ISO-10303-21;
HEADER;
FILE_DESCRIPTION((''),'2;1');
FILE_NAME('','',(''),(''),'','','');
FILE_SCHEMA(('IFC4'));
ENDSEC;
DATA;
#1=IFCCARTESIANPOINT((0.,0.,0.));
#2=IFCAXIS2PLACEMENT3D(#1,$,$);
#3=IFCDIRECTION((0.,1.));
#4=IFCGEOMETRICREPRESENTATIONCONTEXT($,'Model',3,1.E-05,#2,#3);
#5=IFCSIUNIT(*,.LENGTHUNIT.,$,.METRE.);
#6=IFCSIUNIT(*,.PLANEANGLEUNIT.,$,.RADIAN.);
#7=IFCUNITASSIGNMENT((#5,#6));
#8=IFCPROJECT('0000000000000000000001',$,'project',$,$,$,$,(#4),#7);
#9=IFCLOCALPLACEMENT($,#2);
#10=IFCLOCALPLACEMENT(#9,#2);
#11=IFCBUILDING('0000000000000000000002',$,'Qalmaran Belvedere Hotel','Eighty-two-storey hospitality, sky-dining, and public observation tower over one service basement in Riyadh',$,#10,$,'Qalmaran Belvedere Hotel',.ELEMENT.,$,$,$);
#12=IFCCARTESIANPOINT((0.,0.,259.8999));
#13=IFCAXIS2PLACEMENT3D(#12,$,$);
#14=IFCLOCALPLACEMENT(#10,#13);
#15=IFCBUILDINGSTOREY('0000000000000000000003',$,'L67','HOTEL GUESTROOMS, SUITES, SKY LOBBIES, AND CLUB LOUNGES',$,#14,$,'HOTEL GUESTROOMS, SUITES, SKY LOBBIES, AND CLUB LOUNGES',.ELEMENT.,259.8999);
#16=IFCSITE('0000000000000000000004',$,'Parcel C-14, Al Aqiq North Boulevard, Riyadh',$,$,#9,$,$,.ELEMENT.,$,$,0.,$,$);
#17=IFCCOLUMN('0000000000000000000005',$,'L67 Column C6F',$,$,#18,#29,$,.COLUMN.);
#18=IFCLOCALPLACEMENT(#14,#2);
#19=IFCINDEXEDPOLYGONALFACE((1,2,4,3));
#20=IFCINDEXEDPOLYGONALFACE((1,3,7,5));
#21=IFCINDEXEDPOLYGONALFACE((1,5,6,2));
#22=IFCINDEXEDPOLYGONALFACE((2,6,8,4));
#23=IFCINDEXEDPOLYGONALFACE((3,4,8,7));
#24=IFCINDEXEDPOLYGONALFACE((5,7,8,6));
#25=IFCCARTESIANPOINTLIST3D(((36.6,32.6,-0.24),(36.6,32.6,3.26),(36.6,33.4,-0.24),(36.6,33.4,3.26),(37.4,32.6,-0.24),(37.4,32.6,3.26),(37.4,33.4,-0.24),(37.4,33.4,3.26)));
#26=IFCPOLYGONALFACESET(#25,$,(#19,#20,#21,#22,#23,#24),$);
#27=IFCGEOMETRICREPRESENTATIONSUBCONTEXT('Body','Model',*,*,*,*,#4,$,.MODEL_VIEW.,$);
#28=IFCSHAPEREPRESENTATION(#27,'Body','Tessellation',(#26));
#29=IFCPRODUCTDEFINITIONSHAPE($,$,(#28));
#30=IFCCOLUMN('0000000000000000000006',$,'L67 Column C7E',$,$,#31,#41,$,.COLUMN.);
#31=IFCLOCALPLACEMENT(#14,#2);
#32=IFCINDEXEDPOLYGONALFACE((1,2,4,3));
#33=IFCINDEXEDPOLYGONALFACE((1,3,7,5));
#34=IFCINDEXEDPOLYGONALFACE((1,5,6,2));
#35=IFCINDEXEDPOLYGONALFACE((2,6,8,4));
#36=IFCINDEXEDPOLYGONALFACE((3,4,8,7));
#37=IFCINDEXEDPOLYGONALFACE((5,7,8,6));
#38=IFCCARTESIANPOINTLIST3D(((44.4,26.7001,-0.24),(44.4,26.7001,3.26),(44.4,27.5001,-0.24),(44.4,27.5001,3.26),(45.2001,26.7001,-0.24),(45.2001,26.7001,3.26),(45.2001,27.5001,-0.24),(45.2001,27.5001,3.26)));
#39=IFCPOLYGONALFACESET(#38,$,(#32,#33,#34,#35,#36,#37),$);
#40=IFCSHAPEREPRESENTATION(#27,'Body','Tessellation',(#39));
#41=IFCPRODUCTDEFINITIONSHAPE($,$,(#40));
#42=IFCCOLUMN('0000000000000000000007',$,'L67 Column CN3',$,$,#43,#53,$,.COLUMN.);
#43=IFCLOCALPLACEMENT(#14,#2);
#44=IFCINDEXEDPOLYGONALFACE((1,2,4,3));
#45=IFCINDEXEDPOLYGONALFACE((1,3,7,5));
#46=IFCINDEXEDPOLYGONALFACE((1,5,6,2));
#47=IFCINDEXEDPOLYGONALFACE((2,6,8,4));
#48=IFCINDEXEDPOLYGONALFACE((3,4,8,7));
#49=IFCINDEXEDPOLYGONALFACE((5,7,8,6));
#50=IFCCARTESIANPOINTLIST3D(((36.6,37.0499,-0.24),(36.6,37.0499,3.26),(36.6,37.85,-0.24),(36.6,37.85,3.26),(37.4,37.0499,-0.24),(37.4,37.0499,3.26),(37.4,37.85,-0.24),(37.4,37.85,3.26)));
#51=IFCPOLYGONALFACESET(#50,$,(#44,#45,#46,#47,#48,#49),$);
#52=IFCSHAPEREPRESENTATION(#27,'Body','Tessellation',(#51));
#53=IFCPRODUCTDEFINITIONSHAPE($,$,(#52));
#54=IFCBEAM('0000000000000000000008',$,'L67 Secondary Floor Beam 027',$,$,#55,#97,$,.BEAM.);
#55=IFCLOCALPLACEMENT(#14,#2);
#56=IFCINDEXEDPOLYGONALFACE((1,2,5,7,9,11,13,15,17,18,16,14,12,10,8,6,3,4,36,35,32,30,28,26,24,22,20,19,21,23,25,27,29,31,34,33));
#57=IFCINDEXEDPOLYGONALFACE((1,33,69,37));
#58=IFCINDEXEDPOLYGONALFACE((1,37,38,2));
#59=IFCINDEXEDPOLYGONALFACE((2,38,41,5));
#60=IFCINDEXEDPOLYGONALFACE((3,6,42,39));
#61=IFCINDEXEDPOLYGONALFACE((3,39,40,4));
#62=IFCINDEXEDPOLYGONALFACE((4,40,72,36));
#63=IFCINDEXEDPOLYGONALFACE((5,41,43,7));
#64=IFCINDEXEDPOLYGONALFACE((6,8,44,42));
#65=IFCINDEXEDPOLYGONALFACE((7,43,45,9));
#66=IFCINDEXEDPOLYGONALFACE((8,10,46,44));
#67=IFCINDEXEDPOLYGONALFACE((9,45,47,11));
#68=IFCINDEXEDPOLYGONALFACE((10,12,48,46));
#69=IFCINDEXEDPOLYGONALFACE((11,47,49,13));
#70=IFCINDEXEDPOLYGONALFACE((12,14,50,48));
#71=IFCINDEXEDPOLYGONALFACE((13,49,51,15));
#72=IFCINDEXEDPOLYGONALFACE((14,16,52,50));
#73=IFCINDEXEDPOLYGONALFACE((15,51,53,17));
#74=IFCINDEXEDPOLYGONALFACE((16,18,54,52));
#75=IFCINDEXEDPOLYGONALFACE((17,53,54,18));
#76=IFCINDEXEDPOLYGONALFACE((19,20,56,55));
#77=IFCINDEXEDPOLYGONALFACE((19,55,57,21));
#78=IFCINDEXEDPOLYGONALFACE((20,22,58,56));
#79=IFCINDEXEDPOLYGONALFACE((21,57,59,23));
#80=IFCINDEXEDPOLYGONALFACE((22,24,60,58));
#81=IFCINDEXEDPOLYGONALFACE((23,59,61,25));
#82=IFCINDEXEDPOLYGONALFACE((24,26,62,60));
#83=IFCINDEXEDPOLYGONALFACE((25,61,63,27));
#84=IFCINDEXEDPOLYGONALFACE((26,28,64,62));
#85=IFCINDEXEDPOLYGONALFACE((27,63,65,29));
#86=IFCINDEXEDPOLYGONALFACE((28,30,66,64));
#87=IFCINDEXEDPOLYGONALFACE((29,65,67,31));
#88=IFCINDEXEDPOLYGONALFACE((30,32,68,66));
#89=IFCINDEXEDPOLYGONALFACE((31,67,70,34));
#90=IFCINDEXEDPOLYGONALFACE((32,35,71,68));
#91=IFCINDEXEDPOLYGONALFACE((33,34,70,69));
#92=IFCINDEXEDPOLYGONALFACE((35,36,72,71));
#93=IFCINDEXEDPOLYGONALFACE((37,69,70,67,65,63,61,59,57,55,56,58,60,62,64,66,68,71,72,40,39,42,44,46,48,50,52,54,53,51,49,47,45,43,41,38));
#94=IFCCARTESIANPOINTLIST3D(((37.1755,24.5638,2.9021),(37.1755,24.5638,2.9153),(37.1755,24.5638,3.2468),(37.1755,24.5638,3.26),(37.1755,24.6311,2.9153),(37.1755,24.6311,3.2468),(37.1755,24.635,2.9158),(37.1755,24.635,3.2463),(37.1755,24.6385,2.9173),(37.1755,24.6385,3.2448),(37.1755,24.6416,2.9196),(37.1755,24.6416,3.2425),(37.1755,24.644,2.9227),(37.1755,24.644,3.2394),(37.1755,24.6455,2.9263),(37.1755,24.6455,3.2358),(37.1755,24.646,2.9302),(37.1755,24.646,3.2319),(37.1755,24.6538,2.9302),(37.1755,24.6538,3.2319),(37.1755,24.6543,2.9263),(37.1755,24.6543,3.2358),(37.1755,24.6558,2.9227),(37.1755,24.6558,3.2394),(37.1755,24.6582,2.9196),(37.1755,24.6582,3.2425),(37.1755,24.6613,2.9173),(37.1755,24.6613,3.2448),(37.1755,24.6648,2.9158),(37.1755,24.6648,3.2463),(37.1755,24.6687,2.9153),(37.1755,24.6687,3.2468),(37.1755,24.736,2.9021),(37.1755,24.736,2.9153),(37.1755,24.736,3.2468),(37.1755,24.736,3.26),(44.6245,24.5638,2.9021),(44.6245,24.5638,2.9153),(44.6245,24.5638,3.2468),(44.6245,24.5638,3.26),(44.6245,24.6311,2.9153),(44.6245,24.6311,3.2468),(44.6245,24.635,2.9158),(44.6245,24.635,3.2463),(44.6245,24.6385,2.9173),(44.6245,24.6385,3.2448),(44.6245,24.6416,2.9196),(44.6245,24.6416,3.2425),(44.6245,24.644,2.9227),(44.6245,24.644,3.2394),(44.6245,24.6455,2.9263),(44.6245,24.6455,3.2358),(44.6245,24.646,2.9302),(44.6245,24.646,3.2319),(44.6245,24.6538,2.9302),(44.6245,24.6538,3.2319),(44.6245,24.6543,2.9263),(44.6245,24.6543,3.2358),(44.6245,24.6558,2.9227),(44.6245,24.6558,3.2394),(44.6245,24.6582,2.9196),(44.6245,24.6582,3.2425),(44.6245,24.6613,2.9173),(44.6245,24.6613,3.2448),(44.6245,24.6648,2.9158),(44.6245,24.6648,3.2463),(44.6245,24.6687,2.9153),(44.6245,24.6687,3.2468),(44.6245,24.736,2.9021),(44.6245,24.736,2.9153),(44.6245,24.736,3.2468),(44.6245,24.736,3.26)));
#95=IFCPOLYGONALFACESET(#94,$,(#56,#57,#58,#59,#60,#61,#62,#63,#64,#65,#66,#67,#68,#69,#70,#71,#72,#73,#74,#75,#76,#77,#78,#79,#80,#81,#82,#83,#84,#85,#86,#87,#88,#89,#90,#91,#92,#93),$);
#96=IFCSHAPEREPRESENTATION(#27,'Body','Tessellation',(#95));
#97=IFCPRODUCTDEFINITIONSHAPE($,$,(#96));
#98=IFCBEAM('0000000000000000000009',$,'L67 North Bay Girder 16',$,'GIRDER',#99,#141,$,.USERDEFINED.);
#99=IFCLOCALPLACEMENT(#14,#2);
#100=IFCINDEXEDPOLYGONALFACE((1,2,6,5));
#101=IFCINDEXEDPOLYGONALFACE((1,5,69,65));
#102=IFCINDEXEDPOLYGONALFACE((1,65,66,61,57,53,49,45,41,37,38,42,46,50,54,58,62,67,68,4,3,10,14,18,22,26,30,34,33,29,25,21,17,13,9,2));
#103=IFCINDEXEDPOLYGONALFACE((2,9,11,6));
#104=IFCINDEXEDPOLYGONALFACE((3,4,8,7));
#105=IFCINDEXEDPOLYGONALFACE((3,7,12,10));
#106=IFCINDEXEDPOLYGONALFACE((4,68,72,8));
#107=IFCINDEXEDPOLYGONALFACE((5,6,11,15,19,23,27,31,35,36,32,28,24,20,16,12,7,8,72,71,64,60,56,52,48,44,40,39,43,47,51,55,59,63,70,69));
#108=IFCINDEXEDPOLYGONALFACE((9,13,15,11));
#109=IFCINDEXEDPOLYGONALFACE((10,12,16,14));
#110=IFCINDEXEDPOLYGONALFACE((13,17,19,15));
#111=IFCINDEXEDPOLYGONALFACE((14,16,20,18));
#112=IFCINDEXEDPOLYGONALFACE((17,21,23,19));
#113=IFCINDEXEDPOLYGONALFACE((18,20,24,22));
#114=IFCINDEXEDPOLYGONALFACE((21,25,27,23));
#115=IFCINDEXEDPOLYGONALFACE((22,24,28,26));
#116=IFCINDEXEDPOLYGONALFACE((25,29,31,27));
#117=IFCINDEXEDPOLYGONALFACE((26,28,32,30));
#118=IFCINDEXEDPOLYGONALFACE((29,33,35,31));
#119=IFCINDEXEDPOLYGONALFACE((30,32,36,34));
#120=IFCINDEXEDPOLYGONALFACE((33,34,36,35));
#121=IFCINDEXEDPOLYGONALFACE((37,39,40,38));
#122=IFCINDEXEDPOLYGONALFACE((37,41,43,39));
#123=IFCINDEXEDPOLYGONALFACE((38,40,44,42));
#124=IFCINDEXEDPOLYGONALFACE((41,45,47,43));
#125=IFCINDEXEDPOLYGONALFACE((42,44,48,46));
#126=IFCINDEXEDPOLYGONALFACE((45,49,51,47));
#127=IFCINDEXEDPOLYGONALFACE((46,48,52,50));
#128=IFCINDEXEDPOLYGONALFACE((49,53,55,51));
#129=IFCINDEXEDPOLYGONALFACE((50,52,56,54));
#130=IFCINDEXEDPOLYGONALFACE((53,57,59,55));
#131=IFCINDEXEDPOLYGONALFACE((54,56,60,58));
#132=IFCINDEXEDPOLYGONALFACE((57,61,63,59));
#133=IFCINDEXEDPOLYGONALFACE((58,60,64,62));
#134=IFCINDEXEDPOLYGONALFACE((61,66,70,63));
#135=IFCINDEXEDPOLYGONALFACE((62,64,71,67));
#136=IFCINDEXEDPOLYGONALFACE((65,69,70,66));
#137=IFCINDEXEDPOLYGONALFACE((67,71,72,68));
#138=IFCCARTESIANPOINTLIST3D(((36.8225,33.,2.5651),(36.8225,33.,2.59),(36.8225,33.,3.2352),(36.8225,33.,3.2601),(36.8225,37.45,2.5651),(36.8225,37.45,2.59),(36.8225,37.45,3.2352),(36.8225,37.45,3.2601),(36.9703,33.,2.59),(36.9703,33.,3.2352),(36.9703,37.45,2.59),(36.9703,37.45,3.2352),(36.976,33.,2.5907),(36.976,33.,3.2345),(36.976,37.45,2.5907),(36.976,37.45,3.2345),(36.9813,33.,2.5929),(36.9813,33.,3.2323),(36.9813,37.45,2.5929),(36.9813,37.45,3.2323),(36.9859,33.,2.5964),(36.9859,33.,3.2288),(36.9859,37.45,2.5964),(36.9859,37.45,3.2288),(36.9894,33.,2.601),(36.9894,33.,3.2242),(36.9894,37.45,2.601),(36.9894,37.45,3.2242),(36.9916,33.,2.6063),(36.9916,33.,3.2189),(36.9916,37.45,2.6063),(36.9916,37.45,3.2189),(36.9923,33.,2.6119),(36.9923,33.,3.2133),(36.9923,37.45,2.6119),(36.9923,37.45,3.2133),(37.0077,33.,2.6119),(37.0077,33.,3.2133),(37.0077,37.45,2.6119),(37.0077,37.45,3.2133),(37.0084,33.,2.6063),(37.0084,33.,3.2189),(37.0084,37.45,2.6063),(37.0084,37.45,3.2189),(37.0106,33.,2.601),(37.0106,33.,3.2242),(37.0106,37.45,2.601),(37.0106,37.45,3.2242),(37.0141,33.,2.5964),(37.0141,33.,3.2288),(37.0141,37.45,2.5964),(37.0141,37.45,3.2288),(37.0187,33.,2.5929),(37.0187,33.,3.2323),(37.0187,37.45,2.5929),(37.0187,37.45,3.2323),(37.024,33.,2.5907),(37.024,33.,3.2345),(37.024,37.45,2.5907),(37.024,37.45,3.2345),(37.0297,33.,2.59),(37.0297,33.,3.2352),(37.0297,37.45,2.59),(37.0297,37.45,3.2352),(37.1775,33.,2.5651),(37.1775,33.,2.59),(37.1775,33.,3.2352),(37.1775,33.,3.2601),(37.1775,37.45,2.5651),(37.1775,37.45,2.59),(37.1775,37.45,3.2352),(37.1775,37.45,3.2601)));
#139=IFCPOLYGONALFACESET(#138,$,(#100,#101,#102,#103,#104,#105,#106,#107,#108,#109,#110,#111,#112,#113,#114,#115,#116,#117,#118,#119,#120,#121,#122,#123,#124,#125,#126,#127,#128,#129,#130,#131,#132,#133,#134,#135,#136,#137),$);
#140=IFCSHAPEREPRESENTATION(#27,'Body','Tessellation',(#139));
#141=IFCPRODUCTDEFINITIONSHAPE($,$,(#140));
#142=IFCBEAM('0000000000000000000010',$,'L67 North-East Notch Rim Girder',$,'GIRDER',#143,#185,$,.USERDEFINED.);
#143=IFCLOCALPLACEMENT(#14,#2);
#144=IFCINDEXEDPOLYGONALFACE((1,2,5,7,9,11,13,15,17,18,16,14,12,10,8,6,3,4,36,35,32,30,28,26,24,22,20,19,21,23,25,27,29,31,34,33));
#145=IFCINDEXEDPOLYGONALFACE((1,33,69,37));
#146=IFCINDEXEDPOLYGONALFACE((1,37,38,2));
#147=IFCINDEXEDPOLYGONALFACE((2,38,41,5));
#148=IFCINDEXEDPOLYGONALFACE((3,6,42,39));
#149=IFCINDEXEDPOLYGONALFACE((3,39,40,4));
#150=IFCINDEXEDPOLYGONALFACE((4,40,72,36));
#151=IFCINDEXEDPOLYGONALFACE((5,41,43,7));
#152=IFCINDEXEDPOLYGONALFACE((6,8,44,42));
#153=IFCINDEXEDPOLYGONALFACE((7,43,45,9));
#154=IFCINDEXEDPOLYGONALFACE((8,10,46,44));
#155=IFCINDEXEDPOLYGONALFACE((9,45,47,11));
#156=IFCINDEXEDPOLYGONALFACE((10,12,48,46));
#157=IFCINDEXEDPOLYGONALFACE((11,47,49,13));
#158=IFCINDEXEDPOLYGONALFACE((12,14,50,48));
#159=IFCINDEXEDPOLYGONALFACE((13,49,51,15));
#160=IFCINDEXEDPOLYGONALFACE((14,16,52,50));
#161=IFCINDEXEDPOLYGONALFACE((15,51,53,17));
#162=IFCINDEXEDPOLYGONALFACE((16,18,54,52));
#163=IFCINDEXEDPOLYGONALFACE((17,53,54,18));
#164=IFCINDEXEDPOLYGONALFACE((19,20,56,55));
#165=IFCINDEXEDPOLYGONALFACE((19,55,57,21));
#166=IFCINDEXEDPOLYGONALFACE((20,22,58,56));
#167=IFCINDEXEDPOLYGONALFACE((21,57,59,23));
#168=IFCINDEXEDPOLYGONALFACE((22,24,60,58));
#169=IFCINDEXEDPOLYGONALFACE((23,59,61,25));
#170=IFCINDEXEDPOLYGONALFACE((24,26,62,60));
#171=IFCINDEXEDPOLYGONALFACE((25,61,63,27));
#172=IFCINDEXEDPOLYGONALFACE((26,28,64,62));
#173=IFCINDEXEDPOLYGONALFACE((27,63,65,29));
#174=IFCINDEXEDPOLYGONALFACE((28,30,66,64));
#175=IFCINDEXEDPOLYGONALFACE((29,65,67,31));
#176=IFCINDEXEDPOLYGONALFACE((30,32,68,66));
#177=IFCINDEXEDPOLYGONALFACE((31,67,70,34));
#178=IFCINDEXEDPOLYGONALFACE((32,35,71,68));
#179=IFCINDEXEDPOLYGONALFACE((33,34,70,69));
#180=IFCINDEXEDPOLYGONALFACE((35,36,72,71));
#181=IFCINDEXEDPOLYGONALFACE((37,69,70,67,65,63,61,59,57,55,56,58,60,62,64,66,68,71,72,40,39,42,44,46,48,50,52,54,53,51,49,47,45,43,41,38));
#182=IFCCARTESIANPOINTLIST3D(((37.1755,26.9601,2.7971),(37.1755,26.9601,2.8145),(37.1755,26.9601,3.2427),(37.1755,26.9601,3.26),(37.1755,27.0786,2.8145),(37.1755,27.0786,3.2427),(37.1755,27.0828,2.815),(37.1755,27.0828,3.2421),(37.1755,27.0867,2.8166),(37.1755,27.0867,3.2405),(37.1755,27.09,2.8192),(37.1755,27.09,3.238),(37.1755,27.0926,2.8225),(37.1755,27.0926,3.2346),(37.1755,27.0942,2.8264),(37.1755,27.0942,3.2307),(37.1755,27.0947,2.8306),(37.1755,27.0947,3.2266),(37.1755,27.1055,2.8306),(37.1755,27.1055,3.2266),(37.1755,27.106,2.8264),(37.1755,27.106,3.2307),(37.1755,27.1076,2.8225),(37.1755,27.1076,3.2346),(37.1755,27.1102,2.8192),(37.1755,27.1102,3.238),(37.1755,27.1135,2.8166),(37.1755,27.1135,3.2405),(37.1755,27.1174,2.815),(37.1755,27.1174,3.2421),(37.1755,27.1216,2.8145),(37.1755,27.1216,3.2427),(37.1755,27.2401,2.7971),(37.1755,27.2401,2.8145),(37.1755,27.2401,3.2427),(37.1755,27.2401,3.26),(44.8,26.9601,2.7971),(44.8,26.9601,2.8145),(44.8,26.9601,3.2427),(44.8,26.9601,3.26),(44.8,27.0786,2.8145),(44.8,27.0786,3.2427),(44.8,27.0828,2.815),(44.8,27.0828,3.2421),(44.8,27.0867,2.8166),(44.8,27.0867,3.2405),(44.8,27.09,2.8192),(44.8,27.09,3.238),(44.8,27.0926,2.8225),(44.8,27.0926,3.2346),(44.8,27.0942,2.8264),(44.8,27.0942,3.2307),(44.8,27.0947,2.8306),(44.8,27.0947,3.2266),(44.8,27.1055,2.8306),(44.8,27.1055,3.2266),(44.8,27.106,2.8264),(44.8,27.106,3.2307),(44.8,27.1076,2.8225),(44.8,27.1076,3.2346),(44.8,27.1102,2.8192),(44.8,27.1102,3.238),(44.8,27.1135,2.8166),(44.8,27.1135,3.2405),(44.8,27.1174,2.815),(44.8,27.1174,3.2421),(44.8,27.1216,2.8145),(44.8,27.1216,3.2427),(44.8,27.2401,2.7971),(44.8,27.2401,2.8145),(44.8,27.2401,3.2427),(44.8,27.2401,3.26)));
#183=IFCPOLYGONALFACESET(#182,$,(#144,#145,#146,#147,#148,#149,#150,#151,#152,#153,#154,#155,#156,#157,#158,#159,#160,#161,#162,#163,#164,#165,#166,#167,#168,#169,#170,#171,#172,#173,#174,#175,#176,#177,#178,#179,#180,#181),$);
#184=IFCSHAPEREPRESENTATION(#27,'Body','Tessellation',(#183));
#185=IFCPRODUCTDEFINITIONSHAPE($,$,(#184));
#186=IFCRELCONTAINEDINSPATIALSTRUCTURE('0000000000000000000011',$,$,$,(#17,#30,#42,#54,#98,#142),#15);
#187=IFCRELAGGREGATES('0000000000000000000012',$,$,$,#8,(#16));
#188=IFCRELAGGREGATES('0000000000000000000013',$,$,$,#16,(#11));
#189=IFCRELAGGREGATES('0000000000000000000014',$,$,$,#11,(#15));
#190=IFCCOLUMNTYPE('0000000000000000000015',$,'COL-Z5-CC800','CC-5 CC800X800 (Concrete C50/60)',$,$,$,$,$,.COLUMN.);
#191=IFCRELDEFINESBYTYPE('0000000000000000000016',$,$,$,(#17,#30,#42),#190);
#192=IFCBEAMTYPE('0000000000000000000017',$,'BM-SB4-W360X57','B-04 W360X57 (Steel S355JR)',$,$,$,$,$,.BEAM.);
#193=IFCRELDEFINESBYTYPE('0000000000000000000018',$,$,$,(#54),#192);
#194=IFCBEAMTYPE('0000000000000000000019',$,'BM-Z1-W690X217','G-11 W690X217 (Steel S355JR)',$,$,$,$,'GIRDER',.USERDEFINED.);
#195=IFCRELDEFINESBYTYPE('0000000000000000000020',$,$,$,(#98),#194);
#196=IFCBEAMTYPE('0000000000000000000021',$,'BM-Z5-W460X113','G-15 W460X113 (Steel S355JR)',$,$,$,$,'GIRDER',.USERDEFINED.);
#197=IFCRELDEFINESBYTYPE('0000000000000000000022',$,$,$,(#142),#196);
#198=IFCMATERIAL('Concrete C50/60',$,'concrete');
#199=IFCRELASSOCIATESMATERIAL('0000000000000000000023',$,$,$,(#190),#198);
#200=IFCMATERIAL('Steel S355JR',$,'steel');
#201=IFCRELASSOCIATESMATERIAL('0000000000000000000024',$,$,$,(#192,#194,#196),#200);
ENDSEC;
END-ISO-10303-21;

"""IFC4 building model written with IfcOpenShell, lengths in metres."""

from ifc_helpers import new_model, si_unit, direction, frame, origin, origin_2d, place, context, subcontext, project, spatial, rectangle, i_section, extrude, material, material_profile, profile_set, type_object, element, save


model = new_model("IFC4")

# Units and contexts
model_context = context("Model", 3, precision=1e-05, world=origin(), true_north=direction((0.0, 1.0)))
body_context = subcontext(model_context, "Body", "Model", "MODEL_VIEW")
ifc_project = project(units=[si_unit("LENGTHUNIT", "METRE"), si_unit("PLANEANGLEUNIT", "RADIAN")], contexts=[model_context])

# Site, building, storey
site_placement = place(None, origin())
site = spatial("IfcSite", under=ifc_project, at=site_placement, Name="Parcel C-14, Al Aqiq North Boulevard, Riyadh", CompositionType="ELEMENT", RefElevation=0.0)
building_placement = place(site_placement, origin())
building = spatial("IfcBuilding", under=site, at=building_placement, Name="Qalmaran Belvedere Hotel", Description="Eighty-two-storey hospitality, sky-dining, and public observation tower over one service basement in Riyadh", LongName="Qalmaran Belvedere Hotel", CompositionType="ELEMENT")
storey_placement = place(building_placement, frame((0.0, 0.0, 259.8999)))
storey = spatial("IfcBuildingStorey", under=building, at=storey_placement, Name="L67", Description="HOTEL GUESTROOMS, SUITES, SKY LOBBIES, AND CLUB LOUNGES", LongName="HOTEL GUESTROOMS, SUITES, SKY LOBBIES, AND CLUB LOUNGES", CompositionType="ELEMENT", Elevation=259.8999)

# Columns
ifc_material_1 = material(Name="Concrete C50/60", Category="concrete")
ifc_material_profile_1 = material_profile(ifc_material_1, rectangle(XDim=0.8, YDim=0.8, at=origin_2d()), Name="CC800X800")
ifc_profile_set_1 = profile_set([ifc_material_profile_1], Name="Concrete C50/60")
column_type = type_object("IfcColumnType", Name="COL-Z5-CC800", Description="CC-5 CC800X800 (Concrete C50/60)", PredefinedType="COLUMN", material=ifc_profile_set_1)
for number, where, z_axis, x_axis, name in (
    (1, (37.0, 33.0, -0.24), (0.0, 0.0, 1.0), (1.0, 0.0, 0.0), "L67 Column C6F"),
    (2, (44.8, 27.1001, -0.24), (0.0, 0.0, 1.0), (1.0, 0.0, 0.0), "L67 Column C7E"),
    (3, (37.0, 37.45, -0.24), (0.0, 0.0, 1.0), (1.0, 0.0, 0.0), "L67 Column CN3"),
):
    element("IfcColumn", number, at=place(storey_placement, frame(where, z_axis=z_axis, x_axis=x_axis)), inside=storey, type_object=column_type, Name=name, PredefinedType="COLUMN", context=body_context, shape_type="SweptSolid", body=[
        extrude(rectangle(XDim=0.8, YDim=0.8, at=origin_2d()), origin(), (0.0, 0.0, 1.0), 3.5),
    ])

# Beams
ifc_material_2 = material(Name="Steel S355JR", Category="steel")
ifc_material_profile_2 = material_profile(ifc_material_2, i_section(OverallWidth=0.1721, OverallDepth=0.3579, WebThickness=0.0078, FlangeThickness=0.0132, FilletRadius=0.0149, at=origin_2d()), Name="W360X57")
ifc_profile_set_2 = profile_set([ifc_material_profile_2], Name="Steel S355JR")
beam_type_1 = type_object("IfcBeamType", Name="BM-SB4-W360X57", Description="B-04 W360X57 (Steel S355JR)", PredefinedType="BEAM", material=ifc_profile_set_2)
beam_1_placement = place(storey_placement, frame((37.1755, 24.6499, 3.0811), z_axis=(1.0, 0.0, 0.0), x_axis=(0.0, 1.0, 0.0)))
element("IfcBeam", 4, at=beam_1_placement, inside=storey, type_object=beam_type_1, Name="L67 Secondary Floor Beam 027", PredefinedType="BEAM", context=body_context, shape_type="SweptSolid", body=[
    extrude(i_section(OverallWidth=0.1721, OverallDepth=0.3579, WebThickness=0.0078, FlangeThickness=0.0132, FilletRadius=0.0149, at=origin_2d()), origin(), (0.0, 0.0, 1.0), 7.449),
])
ifc_material_profile_3 = material_profile(ifc_material_2, i_section(OverallWidth=0.355, OverallDepth=0.6951, WebThickness=0.0154, FlangeThickness=0.0249, FilletRadius=0.022, at=origin_2d()), Name="W690X217")
ifc_profile_set_3 = profile_set([ifc_material_profile_3], Name="Steel S355JR")
beam_type_2 = type_object("IfcBeamType", Name="BM-Z1-W690X217", Description="G-11 W690X217 (Steel S355JR)", ElementType="GIRDER", PredefinedType="USERDEFINED", material=ifc_profile_set_3)
beam_2_placement = place(storey_placement, frame((37.0, 33.0, 2.9126), z_axis=(0.0, 1.0, 0.0), x_axis=(-1.0, 0.0, 0.0)))
element("IfcBeam", 5, at=beam_2_placement, inside=storey, type_object=beam_type_2, Name="L67 North Bay Girder 16", ObjectType="GIRDER", PredefinedType="USERDEFINED", context=body_context, shape_type="SweptSolid", body=[
    extrude(i_section(OverallWidth=0.355, OverallDepth=0.6951, WebThickness=0.0154, FlangeThickness=0.0249, FilletRadius=0.022, at=origin_2d()), origin(), (0.0, 0.0, 1.0), 4.45),
])
ifc_material_profile_4 = material_profile(ifc_material_2, i_section(OverallWidth=0.28, OverallDepth=0.4629, WebThickness=0.0107, FlangeThickness=0.0173, FilletRadius=0.0161, at=origin_2d()), Name="W460X113")
ifc_profile_set_4 = profile_set([ifc_material_profile_4], Name="Steel S355JR")
beam_type_3 = type_object("IfcBeamType", Name="BM-Z5-W460X113", Description="G-15 W460X113 (Steel S355JR)", ElementType="GIRDER", PredefinedType="USERDEFINED", material=ifc_profile_set_4)
beam_3_placement = place(storey_placement, frame((37.1755, 27.1001, 3.0286), z_axis=(1.0, 0.0, 0.0), x_axis=(0.0, 1.0, 0.0)))
element("IfcBeam", 6, at=beam_3_placement, inside=storey, type_object=beam_type_3, Name="L67 North-East Notch Rim Girder", ObjectType="GIRDER", PredefinedType="USERDEFINED", context=body_context, shape_type="SweptSolid", body=[
    extrude(i_section(OverallWidth=0.28, OverallDepth=0.4629, WebThickness=0.0107, FlangeThickness=0.0173, FilletRadius=0.0161, at=origin_2d()), origin(), (0.0, 0.0, 1.0), 7.6245),
])

save(model, "model.ifc")
